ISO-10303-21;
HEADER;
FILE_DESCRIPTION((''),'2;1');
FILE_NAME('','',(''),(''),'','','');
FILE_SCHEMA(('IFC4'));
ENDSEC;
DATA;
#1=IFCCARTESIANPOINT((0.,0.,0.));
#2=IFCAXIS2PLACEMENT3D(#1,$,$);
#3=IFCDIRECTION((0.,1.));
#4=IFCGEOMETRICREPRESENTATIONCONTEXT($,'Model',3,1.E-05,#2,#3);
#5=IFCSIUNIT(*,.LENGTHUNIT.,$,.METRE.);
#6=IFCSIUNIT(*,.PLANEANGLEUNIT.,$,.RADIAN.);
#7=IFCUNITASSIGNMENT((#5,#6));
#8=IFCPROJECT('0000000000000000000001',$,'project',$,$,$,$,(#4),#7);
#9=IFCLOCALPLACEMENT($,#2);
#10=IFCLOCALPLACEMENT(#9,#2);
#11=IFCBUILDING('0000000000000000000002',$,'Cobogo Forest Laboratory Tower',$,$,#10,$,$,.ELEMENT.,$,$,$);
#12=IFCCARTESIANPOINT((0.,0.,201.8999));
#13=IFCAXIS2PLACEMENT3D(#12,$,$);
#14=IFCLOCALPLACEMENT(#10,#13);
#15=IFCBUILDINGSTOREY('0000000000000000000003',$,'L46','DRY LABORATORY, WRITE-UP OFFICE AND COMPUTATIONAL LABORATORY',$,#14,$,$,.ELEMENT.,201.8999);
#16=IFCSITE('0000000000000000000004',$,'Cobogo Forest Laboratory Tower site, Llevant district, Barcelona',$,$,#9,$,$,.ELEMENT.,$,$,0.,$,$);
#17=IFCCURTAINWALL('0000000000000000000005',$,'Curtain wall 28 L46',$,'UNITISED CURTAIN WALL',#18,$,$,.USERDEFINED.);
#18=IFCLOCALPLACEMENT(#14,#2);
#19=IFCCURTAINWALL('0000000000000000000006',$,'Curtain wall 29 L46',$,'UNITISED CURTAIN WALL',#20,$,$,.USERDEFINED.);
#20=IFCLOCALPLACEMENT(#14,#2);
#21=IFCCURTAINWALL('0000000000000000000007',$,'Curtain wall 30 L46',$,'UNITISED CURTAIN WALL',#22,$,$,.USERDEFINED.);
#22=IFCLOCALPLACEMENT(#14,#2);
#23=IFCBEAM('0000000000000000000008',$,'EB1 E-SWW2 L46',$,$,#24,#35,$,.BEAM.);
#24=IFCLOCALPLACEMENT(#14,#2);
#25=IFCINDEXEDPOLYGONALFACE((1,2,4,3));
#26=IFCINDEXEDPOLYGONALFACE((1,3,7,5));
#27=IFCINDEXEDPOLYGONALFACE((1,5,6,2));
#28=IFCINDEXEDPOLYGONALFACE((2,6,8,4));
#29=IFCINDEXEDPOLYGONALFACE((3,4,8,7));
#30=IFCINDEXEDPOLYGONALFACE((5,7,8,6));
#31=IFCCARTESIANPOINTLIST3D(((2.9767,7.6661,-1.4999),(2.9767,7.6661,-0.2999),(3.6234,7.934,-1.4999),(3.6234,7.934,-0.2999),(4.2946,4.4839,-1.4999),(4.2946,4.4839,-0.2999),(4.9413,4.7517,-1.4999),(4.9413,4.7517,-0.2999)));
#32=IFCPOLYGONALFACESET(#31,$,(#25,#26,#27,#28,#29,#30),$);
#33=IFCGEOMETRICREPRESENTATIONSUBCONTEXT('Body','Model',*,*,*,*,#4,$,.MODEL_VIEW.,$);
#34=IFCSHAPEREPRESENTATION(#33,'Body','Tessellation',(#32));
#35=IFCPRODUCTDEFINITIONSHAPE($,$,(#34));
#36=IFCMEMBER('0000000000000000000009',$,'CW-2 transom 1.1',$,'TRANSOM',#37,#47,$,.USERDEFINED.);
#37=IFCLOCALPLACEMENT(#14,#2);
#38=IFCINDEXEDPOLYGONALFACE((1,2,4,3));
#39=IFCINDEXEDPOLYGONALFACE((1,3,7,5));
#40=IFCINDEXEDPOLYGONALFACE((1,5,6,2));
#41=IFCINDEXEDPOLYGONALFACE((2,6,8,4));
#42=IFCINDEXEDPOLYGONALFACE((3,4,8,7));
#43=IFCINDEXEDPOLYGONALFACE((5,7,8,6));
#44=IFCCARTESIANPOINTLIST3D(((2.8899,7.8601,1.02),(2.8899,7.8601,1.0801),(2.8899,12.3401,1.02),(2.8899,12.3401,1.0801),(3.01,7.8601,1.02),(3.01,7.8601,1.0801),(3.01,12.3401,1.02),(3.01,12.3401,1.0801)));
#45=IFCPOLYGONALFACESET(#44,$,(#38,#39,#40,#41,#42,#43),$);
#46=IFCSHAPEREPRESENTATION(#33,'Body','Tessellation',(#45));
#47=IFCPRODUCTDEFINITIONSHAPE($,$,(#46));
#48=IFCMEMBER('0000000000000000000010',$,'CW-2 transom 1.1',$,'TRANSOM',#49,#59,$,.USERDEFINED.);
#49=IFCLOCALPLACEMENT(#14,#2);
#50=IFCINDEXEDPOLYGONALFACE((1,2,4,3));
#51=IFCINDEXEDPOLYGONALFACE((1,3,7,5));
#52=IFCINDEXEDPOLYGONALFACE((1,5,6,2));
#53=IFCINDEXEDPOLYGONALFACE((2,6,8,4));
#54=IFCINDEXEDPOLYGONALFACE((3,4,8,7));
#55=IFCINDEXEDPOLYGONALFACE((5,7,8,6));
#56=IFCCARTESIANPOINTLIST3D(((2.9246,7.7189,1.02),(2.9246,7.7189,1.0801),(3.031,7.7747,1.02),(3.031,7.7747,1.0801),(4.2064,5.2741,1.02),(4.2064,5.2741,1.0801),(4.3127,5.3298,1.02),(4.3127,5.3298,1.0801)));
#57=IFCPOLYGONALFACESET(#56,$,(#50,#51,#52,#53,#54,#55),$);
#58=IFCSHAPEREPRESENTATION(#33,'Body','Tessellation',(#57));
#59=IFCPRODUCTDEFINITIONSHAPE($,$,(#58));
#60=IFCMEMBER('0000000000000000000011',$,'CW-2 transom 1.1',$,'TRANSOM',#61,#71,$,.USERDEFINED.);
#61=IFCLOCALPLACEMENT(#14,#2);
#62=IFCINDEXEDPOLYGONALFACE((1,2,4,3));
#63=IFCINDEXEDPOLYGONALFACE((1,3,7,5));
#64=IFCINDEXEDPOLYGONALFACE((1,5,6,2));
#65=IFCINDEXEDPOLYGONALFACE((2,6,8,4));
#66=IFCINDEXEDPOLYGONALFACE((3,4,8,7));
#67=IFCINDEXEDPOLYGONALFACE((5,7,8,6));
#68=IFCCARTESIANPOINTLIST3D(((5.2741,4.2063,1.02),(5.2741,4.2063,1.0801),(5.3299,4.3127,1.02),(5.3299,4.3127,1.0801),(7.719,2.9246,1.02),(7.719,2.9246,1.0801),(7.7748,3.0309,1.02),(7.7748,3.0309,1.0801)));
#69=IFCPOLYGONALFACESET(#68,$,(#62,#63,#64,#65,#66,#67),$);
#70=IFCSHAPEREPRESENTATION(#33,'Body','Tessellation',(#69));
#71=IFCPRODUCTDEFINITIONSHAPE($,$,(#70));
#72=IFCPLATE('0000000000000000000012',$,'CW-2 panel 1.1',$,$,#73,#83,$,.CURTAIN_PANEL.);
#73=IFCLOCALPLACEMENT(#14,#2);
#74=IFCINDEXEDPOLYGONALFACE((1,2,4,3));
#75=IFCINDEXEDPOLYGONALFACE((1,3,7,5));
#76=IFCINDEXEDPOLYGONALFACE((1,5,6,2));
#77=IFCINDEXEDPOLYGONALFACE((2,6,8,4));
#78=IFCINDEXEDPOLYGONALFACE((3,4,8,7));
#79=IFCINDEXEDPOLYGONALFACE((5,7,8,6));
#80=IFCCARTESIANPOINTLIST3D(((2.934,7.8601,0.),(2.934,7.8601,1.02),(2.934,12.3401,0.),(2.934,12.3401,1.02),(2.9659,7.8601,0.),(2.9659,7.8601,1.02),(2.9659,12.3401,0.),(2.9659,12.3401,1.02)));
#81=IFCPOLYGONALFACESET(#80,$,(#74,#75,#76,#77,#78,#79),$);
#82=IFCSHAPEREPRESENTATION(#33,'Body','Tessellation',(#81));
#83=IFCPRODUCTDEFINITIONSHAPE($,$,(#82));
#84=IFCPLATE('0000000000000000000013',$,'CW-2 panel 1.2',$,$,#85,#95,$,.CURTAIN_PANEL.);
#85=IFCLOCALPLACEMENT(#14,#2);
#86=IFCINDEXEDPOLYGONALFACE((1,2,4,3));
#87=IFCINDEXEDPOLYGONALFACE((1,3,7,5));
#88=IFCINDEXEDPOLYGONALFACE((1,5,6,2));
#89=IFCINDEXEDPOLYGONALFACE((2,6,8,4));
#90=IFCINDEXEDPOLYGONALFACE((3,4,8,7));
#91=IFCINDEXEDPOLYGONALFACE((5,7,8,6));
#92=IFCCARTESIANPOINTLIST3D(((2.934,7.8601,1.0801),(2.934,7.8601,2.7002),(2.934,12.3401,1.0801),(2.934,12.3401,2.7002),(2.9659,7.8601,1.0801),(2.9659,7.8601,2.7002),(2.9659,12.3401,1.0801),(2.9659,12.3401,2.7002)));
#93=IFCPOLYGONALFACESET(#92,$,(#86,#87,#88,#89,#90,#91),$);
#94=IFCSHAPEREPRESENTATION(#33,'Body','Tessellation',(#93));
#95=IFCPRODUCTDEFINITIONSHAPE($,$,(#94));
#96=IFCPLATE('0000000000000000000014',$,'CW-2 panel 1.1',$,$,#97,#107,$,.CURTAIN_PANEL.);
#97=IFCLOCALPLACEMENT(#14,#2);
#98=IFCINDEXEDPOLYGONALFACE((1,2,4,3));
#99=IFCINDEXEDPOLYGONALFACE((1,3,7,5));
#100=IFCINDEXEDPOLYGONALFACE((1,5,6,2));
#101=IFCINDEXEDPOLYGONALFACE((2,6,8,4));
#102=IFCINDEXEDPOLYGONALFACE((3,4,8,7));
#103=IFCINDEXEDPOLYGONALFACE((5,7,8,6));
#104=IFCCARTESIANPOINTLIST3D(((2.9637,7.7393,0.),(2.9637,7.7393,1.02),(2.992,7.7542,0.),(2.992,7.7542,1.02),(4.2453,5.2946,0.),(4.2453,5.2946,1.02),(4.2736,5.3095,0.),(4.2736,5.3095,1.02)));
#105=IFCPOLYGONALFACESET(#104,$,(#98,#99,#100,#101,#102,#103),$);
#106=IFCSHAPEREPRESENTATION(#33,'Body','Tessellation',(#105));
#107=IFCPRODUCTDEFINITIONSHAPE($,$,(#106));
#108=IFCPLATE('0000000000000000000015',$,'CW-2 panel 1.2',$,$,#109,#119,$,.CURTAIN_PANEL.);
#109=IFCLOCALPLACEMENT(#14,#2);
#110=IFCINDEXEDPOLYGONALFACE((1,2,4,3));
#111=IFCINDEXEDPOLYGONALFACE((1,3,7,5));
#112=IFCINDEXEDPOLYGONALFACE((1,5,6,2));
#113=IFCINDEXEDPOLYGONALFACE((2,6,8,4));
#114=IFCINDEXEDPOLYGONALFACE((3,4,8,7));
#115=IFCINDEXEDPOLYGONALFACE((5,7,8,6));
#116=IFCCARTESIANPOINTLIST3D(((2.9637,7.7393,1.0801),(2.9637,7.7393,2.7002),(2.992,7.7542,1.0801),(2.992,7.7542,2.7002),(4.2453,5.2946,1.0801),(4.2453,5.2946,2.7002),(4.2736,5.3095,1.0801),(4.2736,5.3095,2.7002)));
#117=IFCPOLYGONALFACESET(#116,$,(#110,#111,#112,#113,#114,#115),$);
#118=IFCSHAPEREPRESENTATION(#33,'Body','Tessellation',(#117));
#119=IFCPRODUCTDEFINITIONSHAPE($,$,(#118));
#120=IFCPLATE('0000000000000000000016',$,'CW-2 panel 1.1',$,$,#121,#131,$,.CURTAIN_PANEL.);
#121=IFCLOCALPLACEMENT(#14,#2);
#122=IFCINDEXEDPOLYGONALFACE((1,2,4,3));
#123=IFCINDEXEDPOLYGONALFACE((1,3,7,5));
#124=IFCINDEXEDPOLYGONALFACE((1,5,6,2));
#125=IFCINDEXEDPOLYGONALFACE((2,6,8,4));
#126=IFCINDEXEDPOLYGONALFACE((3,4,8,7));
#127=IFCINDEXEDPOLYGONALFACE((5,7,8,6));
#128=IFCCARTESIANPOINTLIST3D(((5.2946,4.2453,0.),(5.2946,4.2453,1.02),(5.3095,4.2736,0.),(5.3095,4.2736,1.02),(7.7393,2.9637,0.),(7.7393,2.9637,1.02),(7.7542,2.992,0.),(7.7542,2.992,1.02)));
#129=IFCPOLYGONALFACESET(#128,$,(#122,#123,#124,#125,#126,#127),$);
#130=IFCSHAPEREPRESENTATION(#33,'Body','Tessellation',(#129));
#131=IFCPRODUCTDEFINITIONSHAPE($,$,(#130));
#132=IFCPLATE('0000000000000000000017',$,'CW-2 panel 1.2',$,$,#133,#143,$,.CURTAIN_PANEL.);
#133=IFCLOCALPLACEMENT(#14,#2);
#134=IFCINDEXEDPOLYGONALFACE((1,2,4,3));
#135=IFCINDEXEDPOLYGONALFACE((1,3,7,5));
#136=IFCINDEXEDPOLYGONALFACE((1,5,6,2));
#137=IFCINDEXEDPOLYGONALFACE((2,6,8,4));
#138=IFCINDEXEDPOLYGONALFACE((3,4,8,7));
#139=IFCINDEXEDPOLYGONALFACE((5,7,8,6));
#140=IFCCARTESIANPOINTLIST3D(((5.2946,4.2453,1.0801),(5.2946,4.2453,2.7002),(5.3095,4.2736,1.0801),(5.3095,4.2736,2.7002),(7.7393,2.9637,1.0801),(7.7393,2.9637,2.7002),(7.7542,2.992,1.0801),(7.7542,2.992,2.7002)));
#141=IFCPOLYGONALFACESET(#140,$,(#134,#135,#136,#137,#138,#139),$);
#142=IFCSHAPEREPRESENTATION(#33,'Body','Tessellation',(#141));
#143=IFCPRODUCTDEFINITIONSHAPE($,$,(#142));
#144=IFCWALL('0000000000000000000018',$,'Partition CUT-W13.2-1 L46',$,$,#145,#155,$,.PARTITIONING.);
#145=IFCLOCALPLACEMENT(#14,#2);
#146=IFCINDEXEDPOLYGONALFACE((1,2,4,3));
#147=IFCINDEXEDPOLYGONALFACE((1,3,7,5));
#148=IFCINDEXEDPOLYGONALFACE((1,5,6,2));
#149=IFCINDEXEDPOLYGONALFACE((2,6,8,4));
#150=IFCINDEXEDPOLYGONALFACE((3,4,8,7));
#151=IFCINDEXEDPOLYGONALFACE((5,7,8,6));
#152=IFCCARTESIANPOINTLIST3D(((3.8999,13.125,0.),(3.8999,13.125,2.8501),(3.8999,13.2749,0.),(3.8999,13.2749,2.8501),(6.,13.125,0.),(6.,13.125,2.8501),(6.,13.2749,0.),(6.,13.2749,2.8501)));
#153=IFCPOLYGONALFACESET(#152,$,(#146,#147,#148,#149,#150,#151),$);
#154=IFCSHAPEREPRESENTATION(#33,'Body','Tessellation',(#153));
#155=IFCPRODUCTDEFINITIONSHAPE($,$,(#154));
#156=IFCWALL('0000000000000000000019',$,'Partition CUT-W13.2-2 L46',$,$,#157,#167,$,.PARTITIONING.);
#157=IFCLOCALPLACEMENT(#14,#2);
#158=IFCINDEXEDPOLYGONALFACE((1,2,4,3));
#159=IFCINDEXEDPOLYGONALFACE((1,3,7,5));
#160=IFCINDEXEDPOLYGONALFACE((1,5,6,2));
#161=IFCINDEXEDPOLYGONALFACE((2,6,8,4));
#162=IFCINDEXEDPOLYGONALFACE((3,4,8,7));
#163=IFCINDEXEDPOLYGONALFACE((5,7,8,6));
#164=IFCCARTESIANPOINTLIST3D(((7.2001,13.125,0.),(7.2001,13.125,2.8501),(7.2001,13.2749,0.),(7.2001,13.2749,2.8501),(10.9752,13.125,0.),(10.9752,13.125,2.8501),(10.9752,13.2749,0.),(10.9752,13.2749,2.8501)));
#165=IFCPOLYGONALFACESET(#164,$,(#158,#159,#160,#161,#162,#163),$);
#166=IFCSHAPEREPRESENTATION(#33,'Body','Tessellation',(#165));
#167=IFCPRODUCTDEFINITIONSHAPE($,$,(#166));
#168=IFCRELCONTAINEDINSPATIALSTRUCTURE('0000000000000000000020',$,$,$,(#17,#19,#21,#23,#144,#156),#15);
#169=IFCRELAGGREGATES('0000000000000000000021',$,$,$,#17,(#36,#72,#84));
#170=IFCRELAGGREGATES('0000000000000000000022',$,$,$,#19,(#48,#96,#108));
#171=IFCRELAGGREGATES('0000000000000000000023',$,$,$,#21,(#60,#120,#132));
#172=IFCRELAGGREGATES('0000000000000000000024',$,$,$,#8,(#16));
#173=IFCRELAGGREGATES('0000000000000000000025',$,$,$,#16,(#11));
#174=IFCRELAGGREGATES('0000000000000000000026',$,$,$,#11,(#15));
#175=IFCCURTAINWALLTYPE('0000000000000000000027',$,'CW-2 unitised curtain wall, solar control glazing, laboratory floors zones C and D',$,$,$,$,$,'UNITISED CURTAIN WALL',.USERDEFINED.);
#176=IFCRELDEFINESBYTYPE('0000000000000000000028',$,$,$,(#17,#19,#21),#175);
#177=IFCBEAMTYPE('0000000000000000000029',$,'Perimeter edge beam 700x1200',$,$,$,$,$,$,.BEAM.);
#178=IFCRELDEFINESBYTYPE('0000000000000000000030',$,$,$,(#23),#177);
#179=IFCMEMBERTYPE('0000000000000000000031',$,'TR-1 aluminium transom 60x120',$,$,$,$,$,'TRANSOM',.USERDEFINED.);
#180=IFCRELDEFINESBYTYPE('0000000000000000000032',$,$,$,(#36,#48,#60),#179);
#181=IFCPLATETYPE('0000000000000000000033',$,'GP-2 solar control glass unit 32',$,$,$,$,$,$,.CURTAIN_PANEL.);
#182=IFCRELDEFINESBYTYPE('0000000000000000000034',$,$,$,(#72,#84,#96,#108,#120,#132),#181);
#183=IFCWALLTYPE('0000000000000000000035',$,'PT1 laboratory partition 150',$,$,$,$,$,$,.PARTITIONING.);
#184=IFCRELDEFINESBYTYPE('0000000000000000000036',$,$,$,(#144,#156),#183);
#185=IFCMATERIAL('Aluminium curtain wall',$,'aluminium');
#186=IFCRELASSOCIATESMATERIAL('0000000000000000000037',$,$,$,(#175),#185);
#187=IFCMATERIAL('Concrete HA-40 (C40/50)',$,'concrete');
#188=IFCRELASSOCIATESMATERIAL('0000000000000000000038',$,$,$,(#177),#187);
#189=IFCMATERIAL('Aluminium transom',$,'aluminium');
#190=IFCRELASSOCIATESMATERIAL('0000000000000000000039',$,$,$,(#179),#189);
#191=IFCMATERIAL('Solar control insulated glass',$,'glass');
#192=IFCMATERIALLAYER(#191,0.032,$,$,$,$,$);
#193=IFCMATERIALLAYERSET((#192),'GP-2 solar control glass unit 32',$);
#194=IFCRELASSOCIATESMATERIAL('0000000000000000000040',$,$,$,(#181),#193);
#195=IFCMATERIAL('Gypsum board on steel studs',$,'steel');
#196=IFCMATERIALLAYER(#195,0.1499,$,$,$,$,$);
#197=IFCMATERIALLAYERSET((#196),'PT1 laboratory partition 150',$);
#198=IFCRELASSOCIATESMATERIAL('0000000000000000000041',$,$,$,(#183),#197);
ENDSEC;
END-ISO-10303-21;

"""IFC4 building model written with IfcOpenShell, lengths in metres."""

from ifc_helpers import new_model, si_unit, direction, frame, frame_2d, origin, origin_2d, place, context, subcontext, project, spatial, rectangle, extrude, material, layer, layer_set, material_profile, profile_set, type_object, element, aggregate, save


model = new_model("IFC4")

# Units and contexts
model_context = context("Model", 3, precision=1e-05, world=origin(), true_north=direction((0.0, 1.0)))
body_context = subcontext(model_context, "Body", "Model", "MODEL_VIEW")
ifc_project = project(units=[si_unit("LENGTHUNIT", "METRE"), si_unit("PLANEANGLEUNIT", "RADIAN")], contexts=[model_context])

# Site, building, storey
site_placement = place(None, origin())
site = spatial("IfcSite", under=ifc_project, at=site_placement, Name="Cobogo Forest Laboratory Tower site, Llevant district, Barcelona", CompositionType="ELEMENT", RefElevation=0.0)
building_placement = place(site_placement, origin())
building = spatial("IfcBuilding", under=site, at=building_placement, Name="Cobogo Forest Laboratory Tower", CompositionType="ELEMENT")
storey_placement = place(building_placement, frame((0.0, 0.0, 201.8999)))
storey = spatial("IfcBuildingStorey", under=building, at=storey_placement, Name="L46", Description="DRY LABORATORY, WRITE-UP OFFICE AND COMPUTATIONAL LABORATORY", CompositionType="ELEMENT", Elevation=201.8999)

# Curtain wall
ifc_material_1 = material(Name="Aluminium curtain wall", Category="aluminium")
curtain_wall_type = type_object("IfcCurtainWallType", Name="CW-2 unitised curtain wall, solar control glazing, laboratory floors zones C and D", ElementType="UNITISED CURTAIN WALL", PredefinedType="USERDEFINED", material=ifc_material_1)
curtain_wall_1_placement = place(storey_placement, origin())
curtain_wall_1 = element("IfcCurtainWall", 1, at=curtain_wall_1_placement, inside=storey, type_object=curtain_wall_type, Name="Curtain wall 28 L46", ObjectType="UNITISED CURTAIN WALL", PredefinedType="USERDEFINED")

# Curtain walls
curtain_wall_2_placement = place(storey_placement, origin())
curtain_wall_2 = element("IfcCurtainWall", 2, at=curtain_wall_2_placement, inside=storey, type_object=curtain_wall_type, Name="Curtain wall 29 L46", ObjectType="UNITISED CURTAIN WALL", PredefinedType="USERDEFINED")
curtain_wall_3_placement = place(storey_placement, origin())
curtain_wall_3 = element("IfcCurtainWall", 3, at=curtain_wall_3_placement, inside=storey, type_object=curtain_wall_type, Name="Curtain wall 30 L46", ObjectType="UNITISED CURTAIN WALL", PredefinedType="USERDEFINED")

# Beam
ifc_material_2 = material(Name="Concrete HA-40 (C40/50)", Category="concrete")
ifc_material_profile_1 = material_profile(ifc_material_2, rectangle(XDim=0.7, YDim=1.2, at=origin_2d()), Name="RC 700x1200")
ifc_profile_set_1 = profile_set([ifc_material_profile_1], Name="Concrete HA-40 (C40/50)")
beam_type_1 = type_object("IfcBeamType", Name="Perimeter edge beam 700x1200", PredefinedType="BEAM", material=ifc_profile_set_1)
beam_1_placement = place(storey_placement, frame((3.3, 7.8, -0.8999), z_axis=(0.382631, -0.923901, 0.0), x_axis=(0.923901, 0.382631, 0.0)))
element("IfcBeam", 4, at=beam_1_placement, inside=storey, type_object=beam_type_1, Name="EB1 E-SWW2 L46", PredefinedType="BEAM", context=body_context, shape_type="SweptSolid", body=[
    extrude(rectangle(XDim=0.7, YDim=1.2, at=origin_2d()), origin(), (0.0, 0.0, 1.0), 3.4443),
])

# Members
ifc_material_3 = material(Name="Aluminium transom", Category="aluminium")
ifc_material_profile_2 = material_profile(ifc_material_3, rectangle(XDim=0.1201, YDim=0.0601, at=origin_2d()), Name="AL 60x120")
ifc_profile_set_2 = profile_set([ifc_material_profile_2], Name="Aluminium transom")
member_type_1 = type_object("IfcMemberType", Name="TR-1 aluminium transom 60x120", ElementType="TRANSOM", PredefinedType="USERDEFINED", material=ifc_profile_set_2)
member_1_placement = place(storey_placement, frame((2.95, 12.3401, 1.05), z_axis=(0.0, -1.0, 0.0), x_axis=(1.0, 0.0, 0.0)))
member_1 = element("IfcMember", 5, at=member_1_placement, type_object=member_type_1, Name="CW-2 transom 1.1", ObjectType="TRANSOM", PredefinedType="USERDEFINED", context=body_context, shape_type="SweptSolid", body=[
    extrude(rectangle(XDim=0.1201, YDim=0.0601, at=origin_2d()), origin(), (0.0, 0.0, 1.0), 4.48),
])
member_2_placement = place(storey_placement, frame((2.9778, 7.7468, 1.05), z_axis=(0.464324, -0.885665, 0.0), x_axis=(0.885665, 0.464324, 0.0)))
member_2 = element("IfcMember", 6, at=member_2_placement, type_object=member_type_1, Name="CW-2 transom 1.1", ObjectType="TRANSOM", PredefinedType="USERDEFINED", context=body_context, shape_type="SweptSolid", body=[
    extrude(rectangle(XDim=0.1201, YDim=0.0601, at=origin_2d()), origin(), (0.0, 0.0, 1.0), 2.7605),
])
member_3_placement = place(storey_placement, frame((5.302, 4.2595, 1.05), z_axis=(0.885665, -0.464324, 0.0), x_axis=(0.464324, 0.885665, 0.0)))
member_3 = element("IfcMember", 7, at=member_3_placement, type_object=member_type_1, Name="CW-2 transom 1.1", ObjectType="TRANSOM", PredefinedType="USERDEFINED", context=body_context, shape_type="SweptSolid", body=[
    extrude(rectangle(XDim=0.1201, YDim=0.0601, at=origin_2d()), origin(), (0.0, 0.0, 1.0), 2.7605),
])

# Plates
ifc_material_4 = material(Name="Solar control insulated glass", Category="glass")
ifc_layer_1 = layer(ifc_material_4, 0.032)
ifc_layer_set_1 = layer_set([ifc_layer_1], Name="GP-2 solar control glass unit 32")
plate_type = type_object("IfcPlateType", Name="GP-2 solar control glass unit 32", PredefinedType="CURTAIN_PANEL", material=ifc_layer_set_1)
plate_1_placement = place(storey_placement, frame((2.95, 10.1001, 0.0), z_axis=(0.0, 0.0, 1.0), x_axis=(0.0, -1.0, 0.0)))
plate_1 = element("IfcPlate", 8, at=plate_1_placement, type_object=plate_type, Name="CW-2 panel 1.1", PredefinedType="CURTAIN_PANEL", context=body_context, shape_type="SweptSolid", body=[
    extrude(rectangle(XDim=4.48, YDim=0.032, at=origin_2d()), origin(), (0.0, 0.0, 1.0), 1.02),
])
plate_2_placement = place(storey_placement, frame((2.95, 10.1001, 1.0801), z_axis=(0.0, 0.0, 1.0), x_axis=(0.0, -1.0, 0.0)))
plate_2 = element("IfcPlate", 9, at=plate_2_placement, type_object=plate_type, Name="CW-2 panel 1.2", PredefinedType="CURTAIN_PANEL", context=body_context, shape_type="SweptSolid", body=[
    extrude(rectangle(XDim=4.48, YDim=0.032, at=origin_2d()), origin(), (0.0, 0.0, 1.0), 1.6201),
])
aggregate(curtain_wall_1, [member_1, plate_1, plate_2])
plate_3_placement = place(storey_placement, frame((3.6187, 6.5244, 0.0), z_axis=(0.0, 0.0, 1.0), x_axis=(0.464284, -0.885686, 0.0)))
plate_3 = element("IfcPlate", 10, at=plate_3_placement, type_object=plate_type, Name="CW-2 panel 1.1", PredefinedType="CURTAIN_PANEL", context=body_context, shape_type="SweptSolid", body=[
    extrude(rectangle(XDim=2.7603, YDim=0.032, at=origin_2d()), origin(), (0.0, 0.0, 1.0), 1.02),
])
plate_4_placement = place(storey_placement, frame((3.6187, 6.5244, 1.0801), z_axis=(0.0, 0.0, 1.0), x_axis=(0.464284, -0.885686, 0.0)))
plate_4 = element("IfcPlate", 11, at=plate_4_placement, type_object=plate_type, Name="CW-2 panel 1.2", PredefinedType="CURTAIN_PANEL", context=body_context, shape_type="SweptSolid", body=[
    extrude(rectangle(XDim=2.7603, YDim=0.032, at=origin_2d()), origin(), (0.0, 0.0, 1.0), 1.6201),
])
aggregate(curtain_wall_2, [member_2, plate_3, plate_4])
plate_5_placement = place(storey_placement, frame((6.5244, 3.6187, 0.0), z_axis=(0.0, 0.0, 1.0), x_axis=(0.885686, -0.464284, 0.0)))
plate_5 = element("IfcPlate", 12, at=plate_5_placement, type_object=plate_type, Name="CW-2 panel 1.1", PredefinedType="CURTAIN_PANEL", context=body_context, shape_type="SweptSolid", body=[
    extrude(rectangle(XDim=2.7603, YDim=0.032, at=origin_2d()), origin(), (0.0, 0.0, 1.0), 1.02),
])
plate_6_placement = place(storey_placement, frame((6.5244, 3.6187, 1.0801), z_axis=(0.0, 0.0, 1.0), x_axis=(0.885686, -0.464284, 0.0)))
plate_6 = element("IfcPlate", 13, at=plate_6_placement, type_object=plate_type, Name="CW-2 panel 1.2", PredefinedType="CURTAIN_PANEL", context=body_context, shape_type="SweptSolid", body=[
    extrude(rectangle(XDim=2.7603, YDim=0.032, at=origin_2d()), origin(), (0.0, 0.0, 1.0), 1.6201),
])
aggregate(curtain_wall_3, [member_3, plate_5, plate_6])

# Walls
ifc_material_5 = material(Name="Gypsum board on steel studs", Category="steel")
ifc_layer_2 = layer(ifc_material_5, 0.1499)
ifc_layer_set_2 = layer_set([ifc_layer_2], Name="PT1 laboratory partition 150")
wall_type = type_object("IfcWallType", Name="PT1 laboratory partition 150", PredefinedType="PARTITIONING", material=ifc_layer_set_2)
wall_1_placement = place(storey_placement, frame((3.8999, 13.2, 0.0), z_axis=(0.0, 0.0, 1.0), x_axis=(1.0, 0.0, 0.0)))
element("IfcWall", 14, at=wall_1_placement, inside=storey, type_object=wall_type, Name="Partition CUT-W13.2-1 L46", PredefinedType="PARTITIONING", context=body_context, shape_type="SweptSolid", body=[
    extrude(rectangle(XDim=2.1001, YDim=0.1499, at=frame_2d((1.05, 0.0))), origin(), (0.0, 0.0, 1.0), 2.8501),
])
wall_2_placement = place(storey_placement, frame((7.2, 13.2, 0.0), z_axis=(0.0, 0.0, 1.0), x_axis=(1.0, 0.0, 0.0)))
element("IfcWall", 15, at=wall_2_placement, inside=storey, type_object=wall_type, Name="Partition CUT-W13.2-2 L46", PredefinedType="PARTITIONING", context=body_context, shape_type="SweptSolid", body=[
    extrude(rectangle(XDim=3.7751, YDim=0.1499, at=frame_2d((1.8877, 0.0))), origin(), (0.0, 0.0, 1.0), 2.8501),
])

save(model, "model.ifc")
